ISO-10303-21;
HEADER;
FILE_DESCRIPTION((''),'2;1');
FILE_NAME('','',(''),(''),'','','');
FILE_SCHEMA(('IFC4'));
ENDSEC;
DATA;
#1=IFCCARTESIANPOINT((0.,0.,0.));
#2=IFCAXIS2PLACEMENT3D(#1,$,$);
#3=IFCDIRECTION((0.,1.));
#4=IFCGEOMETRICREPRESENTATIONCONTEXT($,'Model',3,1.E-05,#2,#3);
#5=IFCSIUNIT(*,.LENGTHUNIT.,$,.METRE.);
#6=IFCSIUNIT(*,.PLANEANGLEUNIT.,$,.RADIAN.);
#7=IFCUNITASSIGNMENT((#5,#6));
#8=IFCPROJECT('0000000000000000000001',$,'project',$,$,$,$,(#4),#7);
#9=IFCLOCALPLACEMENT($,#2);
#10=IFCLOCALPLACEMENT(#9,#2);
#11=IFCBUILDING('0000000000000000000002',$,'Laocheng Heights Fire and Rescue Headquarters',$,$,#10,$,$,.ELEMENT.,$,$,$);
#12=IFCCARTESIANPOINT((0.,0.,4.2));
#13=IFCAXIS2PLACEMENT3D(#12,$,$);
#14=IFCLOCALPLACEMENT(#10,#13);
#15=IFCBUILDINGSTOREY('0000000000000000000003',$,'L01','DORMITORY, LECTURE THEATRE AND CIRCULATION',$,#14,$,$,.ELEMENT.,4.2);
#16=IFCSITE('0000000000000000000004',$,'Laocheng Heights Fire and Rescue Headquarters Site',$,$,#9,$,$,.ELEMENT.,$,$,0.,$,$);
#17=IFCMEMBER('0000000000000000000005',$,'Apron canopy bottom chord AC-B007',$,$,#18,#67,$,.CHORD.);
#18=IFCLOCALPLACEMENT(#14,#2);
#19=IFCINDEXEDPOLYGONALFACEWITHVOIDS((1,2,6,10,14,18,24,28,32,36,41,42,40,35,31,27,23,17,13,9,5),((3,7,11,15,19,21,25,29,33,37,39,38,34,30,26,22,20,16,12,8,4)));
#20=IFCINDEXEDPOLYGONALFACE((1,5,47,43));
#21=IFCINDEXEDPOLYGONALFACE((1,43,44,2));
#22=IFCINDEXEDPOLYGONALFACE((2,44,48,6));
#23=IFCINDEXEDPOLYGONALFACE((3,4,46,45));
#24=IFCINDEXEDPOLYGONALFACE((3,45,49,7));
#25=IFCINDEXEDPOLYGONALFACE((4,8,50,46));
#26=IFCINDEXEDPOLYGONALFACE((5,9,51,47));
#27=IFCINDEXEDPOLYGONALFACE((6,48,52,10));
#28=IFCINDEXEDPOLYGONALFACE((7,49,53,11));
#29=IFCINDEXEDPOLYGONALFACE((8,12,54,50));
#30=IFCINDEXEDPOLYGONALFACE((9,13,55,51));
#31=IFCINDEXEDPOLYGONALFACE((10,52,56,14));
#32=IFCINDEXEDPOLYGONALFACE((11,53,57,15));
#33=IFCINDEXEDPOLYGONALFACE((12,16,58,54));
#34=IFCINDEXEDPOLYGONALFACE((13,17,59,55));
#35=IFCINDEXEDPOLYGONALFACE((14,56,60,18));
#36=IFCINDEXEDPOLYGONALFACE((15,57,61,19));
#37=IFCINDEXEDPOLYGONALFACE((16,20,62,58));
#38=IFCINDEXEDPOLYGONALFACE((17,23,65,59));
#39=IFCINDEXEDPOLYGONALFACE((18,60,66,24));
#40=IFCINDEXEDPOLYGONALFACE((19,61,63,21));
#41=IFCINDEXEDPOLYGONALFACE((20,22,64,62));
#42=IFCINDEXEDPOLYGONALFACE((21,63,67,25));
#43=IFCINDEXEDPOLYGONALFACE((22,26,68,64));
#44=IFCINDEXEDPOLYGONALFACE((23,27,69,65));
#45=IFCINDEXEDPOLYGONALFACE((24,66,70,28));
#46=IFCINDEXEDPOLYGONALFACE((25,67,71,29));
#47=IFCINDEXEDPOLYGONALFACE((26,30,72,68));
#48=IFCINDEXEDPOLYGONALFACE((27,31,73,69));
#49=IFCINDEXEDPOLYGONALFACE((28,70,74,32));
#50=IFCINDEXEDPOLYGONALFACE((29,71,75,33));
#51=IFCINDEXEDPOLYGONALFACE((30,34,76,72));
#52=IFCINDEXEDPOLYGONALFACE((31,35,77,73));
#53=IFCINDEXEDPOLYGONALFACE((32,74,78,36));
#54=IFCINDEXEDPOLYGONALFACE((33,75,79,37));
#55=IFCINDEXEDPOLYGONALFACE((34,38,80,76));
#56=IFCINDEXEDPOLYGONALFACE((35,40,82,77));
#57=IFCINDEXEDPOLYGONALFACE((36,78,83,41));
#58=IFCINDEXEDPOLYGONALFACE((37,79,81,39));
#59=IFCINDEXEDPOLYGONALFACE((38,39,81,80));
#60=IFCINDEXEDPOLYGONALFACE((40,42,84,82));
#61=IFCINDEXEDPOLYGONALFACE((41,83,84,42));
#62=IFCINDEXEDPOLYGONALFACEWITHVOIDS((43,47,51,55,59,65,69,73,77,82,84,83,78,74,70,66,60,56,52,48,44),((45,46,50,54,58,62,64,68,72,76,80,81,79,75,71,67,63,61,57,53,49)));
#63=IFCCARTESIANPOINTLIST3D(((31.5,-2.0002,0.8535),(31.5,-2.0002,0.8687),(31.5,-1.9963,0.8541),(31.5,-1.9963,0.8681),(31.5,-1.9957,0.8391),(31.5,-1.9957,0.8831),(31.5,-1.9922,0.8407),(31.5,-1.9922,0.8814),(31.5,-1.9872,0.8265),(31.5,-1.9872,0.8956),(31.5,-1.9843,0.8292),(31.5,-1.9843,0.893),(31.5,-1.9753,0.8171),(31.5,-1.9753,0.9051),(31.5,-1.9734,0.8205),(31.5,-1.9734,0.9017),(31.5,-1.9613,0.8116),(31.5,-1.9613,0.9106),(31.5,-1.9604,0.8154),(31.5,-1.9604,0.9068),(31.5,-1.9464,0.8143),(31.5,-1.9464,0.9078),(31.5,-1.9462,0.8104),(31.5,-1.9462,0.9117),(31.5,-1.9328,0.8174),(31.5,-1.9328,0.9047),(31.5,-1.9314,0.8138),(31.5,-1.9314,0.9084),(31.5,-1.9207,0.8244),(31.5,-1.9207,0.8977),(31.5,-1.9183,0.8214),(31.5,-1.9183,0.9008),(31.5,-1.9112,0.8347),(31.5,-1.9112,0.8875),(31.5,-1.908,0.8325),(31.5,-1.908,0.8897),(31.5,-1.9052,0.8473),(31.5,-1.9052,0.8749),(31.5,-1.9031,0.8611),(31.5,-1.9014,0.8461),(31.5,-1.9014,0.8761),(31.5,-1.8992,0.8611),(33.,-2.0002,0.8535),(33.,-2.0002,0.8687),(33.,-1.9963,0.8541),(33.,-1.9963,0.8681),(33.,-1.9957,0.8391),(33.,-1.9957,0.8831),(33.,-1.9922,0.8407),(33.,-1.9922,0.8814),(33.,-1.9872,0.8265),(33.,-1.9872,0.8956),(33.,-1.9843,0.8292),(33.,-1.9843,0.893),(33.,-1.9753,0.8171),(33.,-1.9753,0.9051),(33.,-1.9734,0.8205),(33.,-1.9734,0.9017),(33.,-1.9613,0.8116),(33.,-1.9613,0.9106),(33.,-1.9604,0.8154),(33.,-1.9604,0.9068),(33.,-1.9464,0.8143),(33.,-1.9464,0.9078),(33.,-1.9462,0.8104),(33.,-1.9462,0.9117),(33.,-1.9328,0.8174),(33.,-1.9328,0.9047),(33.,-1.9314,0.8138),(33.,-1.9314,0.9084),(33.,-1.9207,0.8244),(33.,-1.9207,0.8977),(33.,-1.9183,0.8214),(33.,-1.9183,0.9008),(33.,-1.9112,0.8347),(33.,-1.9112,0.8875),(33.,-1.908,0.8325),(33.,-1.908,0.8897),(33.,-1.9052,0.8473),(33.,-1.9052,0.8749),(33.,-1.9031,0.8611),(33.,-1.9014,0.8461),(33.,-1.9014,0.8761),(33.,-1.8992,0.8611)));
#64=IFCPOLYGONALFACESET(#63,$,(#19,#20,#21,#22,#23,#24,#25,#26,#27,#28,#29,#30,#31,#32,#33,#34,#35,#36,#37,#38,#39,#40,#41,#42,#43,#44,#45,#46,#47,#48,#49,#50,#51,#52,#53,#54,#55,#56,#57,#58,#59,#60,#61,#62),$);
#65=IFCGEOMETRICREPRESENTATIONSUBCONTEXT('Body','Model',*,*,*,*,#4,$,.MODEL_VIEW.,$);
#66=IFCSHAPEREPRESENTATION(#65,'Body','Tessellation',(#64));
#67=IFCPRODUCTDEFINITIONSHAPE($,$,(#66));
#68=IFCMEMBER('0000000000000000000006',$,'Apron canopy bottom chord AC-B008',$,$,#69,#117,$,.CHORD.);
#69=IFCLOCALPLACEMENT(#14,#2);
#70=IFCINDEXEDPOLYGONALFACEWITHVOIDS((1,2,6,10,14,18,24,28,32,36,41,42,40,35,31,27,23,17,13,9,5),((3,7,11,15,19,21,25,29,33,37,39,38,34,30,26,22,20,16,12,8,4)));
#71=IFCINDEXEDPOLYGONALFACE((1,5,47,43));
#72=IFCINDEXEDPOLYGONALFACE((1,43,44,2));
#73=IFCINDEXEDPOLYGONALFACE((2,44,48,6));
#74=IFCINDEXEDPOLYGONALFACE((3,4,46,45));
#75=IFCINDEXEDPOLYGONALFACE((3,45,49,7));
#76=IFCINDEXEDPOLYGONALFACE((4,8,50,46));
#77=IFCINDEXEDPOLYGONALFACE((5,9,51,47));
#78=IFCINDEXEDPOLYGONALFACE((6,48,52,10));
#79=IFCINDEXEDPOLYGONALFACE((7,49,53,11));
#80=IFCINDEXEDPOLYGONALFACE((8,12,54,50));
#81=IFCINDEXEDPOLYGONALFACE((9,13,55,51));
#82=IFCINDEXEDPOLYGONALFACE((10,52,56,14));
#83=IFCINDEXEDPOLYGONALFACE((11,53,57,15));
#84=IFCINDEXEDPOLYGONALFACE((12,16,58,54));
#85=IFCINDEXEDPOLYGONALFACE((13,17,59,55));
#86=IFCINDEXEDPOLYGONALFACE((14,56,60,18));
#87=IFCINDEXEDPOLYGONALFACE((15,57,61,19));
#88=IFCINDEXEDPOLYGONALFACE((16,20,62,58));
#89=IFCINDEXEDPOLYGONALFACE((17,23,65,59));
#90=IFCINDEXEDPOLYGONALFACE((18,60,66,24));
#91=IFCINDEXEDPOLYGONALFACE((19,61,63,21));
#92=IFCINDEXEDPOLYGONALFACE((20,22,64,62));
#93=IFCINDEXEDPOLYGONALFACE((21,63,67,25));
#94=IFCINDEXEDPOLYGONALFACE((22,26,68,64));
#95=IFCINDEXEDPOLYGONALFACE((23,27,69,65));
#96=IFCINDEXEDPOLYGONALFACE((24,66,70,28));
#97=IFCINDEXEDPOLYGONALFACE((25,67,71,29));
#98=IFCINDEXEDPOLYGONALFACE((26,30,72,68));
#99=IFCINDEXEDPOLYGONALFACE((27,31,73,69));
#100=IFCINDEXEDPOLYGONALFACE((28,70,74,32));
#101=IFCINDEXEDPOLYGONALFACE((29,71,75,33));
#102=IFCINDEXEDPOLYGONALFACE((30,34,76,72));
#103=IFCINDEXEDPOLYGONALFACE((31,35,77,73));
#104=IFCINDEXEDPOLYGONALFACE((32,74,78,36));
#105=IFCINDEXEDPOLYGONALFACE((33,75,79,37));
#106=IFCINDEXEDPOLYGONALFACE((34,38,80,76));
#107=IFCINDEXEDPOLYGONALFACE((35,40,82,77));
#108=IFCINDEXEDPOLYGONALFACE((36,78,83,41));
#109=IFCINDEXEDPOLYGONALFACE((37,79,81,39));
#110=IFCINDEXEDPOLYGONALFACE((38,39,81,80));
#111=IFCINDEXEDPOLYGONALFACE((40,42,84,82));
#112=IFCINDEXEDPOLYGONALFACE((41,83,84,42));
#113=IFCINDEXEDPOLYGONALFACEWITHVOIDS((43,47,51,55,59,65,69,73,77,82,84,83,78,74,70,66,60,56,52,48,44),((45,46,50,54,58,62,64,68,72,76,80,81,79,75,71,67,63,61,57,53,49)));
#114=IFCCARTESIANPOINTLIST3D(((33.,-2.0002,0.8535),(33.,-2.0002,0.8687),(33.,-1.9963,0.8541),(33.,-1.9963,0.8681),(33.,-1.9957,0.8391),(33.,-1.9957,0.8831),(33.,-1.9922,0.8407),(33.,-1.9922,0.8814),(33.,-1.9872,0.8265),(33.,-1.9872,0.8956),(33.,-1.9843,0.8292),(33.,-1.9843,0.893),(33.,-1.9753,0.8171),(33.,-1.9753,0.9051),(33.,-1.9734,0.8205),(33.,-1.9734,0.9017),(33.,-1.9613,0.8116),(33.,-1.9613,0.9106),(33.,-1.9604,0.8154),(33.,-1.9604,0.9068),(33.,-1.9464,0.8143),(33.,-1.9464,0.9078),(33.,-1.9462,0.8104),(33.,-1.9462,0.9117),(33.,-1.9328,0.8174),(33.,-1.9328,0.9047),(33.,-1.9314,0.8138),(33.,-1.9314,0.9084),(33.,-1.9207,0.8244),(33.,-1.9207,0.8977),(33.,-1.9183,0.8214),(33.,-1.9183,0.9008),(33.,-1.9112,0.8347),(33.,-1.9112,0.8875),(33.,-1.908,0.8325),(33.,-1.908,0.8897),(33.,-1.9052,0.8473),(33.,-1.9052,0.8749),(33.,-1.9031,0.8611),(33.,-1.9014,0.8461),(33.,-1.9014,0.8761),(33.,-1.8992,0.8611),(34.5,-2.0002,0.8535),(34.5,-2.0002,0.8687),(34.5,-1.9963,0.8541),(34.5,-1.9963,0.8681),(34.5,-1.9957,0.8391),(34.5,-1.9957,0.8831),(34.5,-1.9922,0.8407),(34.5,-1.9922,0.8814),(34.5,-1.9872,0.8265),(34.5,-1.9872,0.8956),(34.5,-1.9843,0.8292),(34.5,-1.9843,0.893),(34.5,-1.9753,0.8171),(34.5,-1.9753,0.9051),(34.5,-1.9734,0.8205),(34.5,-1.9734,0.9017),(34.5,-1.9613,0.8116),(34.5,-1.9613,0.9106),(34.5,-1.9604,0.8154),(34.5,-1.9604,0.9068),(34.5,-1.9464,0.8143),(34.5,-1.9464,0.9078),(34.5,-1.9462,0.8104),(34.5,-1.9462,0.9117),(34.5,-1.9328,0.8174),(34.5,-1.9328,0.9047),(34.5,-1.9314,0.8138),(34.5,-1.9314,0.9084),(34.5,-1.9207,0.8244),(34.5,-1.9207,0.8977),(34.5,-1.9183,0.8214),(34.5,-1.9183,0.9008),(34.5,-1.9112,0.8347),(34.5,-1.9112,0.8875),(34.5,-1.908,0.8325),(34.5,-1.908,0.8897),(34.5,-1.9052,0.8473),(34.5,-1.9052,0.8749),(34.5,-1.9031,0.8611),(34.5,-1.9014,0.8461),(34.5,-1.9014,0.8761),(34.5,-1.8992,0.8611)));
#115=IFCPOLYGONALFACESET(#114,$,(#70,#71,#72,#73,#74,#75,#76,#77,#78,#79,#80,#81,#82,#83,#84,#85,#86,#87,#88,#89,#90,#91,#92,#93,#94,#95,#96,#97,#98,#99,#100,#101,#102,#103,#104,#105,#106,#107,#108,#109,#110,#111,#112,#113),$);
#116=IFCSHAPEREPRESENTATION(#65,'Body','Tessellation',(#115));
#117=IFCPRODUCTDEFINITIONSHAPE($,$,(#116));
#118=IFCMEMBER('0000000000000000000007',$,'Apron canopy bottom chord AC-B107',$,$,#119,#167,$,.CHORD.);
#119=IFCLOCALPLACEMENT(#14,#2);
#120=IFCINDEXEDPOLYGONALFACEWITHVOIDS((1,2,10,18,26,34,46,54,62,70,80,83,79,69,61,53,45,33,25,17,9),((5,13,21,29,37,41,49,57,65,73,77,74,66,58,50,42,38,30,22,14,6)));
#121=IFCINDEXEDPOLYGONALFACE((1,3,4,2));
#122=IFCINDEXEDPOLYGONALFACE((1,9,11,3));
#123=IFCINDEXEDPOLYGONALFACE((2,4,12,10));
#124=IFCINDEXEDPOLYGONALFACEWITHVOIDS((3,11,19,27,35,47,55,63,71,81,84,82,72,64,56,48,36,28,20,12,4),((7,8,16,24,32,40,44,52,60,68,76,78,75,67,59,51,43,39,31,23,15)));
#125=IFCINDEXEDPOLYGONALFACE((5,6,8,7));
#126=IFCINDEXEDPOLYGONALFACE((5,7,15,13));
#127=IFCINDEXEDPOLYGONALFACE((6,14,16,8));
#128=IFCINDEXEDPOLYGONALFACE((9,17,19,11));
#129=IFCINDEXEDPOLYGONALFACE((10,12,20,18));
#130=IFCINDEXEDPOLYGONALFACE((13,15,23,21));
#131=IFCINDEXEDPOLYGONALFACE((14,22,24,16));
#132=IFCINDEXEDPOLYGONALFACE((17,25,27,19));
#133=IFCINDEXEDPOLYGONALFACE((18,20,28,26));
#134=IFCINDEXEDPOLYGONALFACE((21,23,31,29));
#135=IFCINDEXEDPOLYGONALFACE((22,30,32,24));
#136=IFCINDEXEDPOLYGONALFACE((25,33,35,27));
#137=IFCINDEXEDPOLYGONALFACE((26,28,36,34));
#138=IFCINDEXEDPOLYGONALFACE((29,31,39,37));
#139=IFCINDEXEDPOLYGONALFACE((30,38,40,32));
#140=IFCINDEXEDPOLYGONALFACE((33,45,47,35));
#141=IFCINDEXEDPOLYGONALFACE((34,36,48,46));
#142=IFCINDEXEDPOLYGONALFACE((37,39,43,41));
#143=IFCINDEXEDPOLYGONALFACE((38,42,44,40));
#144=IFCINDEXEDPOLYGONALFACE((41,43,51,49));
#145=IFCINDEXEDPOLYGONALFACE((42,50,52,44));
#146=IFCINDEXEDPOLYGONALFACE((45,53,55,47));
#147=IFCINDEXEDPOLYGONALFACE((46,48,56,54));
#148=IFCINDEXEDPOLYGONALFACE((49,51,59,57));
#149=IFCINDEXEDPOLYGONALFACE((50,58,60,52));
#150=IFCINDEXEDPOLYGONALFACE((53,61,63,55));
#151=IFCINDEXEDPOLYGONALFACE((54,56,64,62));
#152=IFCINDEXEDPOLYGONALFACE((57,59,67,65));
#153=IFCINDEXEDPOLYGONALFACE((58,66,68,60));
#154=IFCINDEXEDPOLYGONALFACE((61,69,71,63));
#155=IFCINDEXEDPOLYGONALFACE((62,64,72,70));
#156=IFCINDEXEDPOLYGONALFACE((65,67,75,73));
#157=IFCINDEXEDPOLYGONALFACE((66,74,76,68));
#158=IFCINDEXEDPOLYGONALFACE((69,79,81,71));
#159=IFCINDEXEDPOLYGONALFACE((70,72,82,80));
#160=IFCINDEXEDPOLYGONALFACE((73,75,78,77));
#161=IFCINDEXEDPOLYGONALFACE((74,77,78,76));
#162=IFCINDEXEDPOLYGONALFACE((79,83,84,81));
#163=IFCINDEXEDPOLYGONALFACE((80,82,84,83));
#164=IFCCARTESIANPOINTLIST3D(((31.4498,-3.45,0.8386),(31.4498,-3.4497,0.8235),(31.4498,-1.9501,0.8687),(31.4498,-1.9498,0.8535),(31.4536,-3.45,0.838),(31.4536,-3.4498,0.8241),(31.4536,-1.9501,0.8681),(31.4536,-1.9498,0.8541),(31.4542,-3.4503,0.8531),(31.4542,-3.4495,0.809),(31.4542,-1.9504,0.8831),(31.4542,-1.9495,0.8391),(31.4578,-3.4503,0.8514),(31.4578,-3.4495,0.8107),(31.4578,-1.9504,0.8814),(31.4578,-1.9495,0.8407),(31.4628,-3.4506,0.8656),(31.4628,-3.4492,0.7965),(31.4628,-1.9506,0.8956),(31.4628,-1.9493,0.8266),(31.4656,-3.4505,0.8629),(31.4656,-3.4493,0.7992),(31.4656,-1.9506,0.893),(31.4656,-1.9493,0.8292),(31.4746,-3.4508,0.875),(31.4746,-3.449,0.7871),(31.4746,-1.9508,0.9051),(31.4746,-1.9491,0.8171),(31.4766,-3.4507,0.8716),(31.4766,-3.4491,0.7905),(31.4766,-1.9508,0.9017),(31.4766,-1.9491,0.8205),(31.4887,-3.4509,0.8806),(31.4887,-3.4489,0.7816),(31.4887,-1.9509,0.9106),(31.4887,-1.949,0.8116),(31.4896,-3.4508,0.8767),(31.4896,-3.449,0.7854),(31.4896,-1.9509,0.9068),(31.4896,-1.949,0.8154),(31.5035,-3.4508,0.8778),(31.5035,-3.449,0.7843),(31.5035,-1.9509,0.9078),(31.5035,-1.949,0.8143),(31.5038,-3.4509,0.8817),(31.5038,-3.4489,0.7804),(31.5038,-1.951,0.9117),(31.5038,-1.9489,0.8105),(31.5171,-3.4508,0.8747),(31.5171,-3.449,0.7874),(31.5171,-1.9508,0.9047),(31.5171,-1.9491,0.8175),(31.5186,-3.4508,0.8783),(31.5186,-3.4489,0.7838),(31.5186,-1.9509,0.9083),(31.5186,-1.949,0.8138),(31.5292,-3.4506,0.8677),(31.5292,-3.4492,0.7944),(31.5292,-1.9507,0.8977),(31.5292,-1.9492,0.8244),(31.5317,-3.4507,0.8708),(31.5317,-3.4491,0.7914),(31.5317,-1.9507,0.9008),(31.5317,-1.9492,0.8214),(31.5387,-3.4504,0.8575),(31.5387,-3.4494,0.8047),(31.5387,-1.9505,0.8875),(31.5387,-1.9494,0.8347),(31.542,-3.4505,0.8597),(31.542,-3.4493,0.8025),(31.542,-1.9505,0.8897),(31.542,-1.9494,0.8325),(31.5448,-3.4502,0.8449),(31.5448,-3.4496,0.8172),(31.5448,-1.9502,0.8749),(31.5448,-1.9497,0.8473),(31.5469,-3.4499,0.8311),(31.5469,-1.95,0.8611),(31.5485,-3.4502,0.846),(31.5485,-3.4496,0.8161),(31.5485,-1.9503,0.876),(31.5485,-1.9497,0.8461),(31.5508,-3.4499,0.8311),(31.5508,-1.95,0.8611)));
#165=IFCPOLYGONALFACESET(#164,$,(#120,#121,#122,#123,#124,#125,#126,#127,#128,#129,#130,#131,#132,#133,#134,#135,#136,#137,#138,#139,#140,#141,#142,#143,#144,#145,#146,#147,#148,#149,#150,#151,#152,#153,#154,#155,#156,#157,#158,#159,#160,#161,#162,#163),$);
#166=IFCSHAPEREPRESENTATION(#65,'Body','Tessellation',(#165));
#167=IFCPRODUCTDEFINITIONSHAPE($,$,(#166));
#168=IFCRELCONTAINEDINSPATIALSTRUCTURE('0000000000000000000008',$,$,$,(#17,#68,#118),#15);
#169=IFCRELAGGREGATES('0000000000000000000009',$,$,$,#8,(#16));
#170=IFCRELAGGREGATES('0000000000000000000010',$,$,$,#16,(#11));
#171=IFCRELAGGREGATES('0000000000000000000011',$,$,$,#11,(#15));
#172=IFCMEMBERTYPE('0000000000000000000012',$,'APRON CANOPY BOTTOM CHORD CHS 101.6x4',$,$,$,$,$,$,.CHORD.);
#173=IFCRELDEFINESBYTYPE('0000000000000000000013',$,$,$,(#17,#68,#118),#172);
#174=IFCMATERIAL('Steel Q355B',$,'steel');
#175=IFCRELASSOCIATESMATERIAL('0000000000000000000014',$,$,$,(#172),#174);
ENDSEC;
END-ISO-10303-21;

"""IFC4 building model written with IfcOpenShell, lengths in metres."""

from ifc_helpers import new_model, si_unit, direction, frame, origin, origin_2d, place, context, subcontext, project, spatial, hollow_circle, extrude, material, material_profile, profile_set, type_object, element, save


model = new_model("IFC4")

# Units and contexts
model_context = context("Model", 3, precision=1e-05, world=origin(), true_north=direction((0.0, 1.0)))
body_context = subcontext(model_context, "Body", "Model", "MODEL_VIEW")
ifc_project = project(units=[si_unit("LENGTHUNIT", "METRE"), si_unit("PLANEANGLEUNIT", "RADIAN")], contexts=[model_context])

# Site, building, storey
site_placement = place(None, origin())
site = spatial("IfcSite", under=ifc_project, at=site_placement, Name="Laocheng Heights Fire and Rescue Headquarters Site", CompositionType="ELEMENT", RefElevation=0.0)
building_placement = place(site_placement, origin())
building = spatial("IfcBuilding", under=site, at=building_placement, Name="Laocheng Heights Fire and Rescue Headquarters", CompositionType="ELEMENT")
storey_placement = place(building_placement, frame((0.0, 0.0, 4.2)))
storey = spatial("IfcBuildingStorey", under=building, at=storey_placement, Name="L01", Description="DORMITORY, LECTURE THEATRE AND CIRCULATION", CompositionType="ELEMENT", Elevation=4.2)

# Members
ifc_material_1 = material(Name="Steel Q355B", Category="steel")
ifc_material_profile_1 = material_profile(ifc_material_1, hollow_circle(Radius=0.0508, WallThickness=0.0039, at=origin_2d()), Name="CHS 101.6x4")
ifc_profile_set_1 = profile_set([ifc_material_profile_1], Name="Steel Q355B")
member_type_1 = type_object("IfcMemberType", Name="APRON CANOPY BOTTOM CHORD CHS 101.6x4", PredefinedType="CHORD", material=ifc_profile_set_1)
for number, where, z_axis, x_axis, name in (
    (1, (31.5, -1.95, 0.8611), (1.0, 0.0, 0.0), (0.0, 1.0, 0.0), "Apron canopy bottom chord AC-B007"),
    (2, (33.0, -1.95, 0.8611), (1.0, 0.0, 0.0), (0.0, 1.0, 0.0), "Apron canopy bottom chord AC-B008"),
):
    element("IfcMember", number, at=place(storey_placement, frame(where, z_axis=z_axis, x_axis=x_axis)), inside=storey, type_object=member_type_1, Name=name, PredefinedType="CHORD", context=body_context, shape_type="SweptSolid", body=[
        extrude(hollow_circle(Radius=0.0508, WallThickness=0.0039, at=origin_2d()), origin(), (0.0, 0.0, 1.0), 1.5),
    ])
for number, where, z_axis, x_axis, name in (
    (3, (31.5, -1.95, 0.8611), (0.0, -0.9998, -0.020016), (1.0, 0.0, 0.0), "Apron canopy bottom chord AC-B107"),
):
    element("IfcMember", number, at=place(storey_placement, frame(where, z_axis=z_axis, x_axis=x_axis)), inside=storey, type_object=member_type_1, Name=name, PredefinedType="CHORD", context=body_context, shape_type="SweptSolid", body=[
        extrude(hollow_circle(Radius=0.0508, WallThickness=0.0039, at=origin_2d()), origin(), (0.0, 0.0, 1.0), 1.5002),
    ])

save(model, "model.ifc")
